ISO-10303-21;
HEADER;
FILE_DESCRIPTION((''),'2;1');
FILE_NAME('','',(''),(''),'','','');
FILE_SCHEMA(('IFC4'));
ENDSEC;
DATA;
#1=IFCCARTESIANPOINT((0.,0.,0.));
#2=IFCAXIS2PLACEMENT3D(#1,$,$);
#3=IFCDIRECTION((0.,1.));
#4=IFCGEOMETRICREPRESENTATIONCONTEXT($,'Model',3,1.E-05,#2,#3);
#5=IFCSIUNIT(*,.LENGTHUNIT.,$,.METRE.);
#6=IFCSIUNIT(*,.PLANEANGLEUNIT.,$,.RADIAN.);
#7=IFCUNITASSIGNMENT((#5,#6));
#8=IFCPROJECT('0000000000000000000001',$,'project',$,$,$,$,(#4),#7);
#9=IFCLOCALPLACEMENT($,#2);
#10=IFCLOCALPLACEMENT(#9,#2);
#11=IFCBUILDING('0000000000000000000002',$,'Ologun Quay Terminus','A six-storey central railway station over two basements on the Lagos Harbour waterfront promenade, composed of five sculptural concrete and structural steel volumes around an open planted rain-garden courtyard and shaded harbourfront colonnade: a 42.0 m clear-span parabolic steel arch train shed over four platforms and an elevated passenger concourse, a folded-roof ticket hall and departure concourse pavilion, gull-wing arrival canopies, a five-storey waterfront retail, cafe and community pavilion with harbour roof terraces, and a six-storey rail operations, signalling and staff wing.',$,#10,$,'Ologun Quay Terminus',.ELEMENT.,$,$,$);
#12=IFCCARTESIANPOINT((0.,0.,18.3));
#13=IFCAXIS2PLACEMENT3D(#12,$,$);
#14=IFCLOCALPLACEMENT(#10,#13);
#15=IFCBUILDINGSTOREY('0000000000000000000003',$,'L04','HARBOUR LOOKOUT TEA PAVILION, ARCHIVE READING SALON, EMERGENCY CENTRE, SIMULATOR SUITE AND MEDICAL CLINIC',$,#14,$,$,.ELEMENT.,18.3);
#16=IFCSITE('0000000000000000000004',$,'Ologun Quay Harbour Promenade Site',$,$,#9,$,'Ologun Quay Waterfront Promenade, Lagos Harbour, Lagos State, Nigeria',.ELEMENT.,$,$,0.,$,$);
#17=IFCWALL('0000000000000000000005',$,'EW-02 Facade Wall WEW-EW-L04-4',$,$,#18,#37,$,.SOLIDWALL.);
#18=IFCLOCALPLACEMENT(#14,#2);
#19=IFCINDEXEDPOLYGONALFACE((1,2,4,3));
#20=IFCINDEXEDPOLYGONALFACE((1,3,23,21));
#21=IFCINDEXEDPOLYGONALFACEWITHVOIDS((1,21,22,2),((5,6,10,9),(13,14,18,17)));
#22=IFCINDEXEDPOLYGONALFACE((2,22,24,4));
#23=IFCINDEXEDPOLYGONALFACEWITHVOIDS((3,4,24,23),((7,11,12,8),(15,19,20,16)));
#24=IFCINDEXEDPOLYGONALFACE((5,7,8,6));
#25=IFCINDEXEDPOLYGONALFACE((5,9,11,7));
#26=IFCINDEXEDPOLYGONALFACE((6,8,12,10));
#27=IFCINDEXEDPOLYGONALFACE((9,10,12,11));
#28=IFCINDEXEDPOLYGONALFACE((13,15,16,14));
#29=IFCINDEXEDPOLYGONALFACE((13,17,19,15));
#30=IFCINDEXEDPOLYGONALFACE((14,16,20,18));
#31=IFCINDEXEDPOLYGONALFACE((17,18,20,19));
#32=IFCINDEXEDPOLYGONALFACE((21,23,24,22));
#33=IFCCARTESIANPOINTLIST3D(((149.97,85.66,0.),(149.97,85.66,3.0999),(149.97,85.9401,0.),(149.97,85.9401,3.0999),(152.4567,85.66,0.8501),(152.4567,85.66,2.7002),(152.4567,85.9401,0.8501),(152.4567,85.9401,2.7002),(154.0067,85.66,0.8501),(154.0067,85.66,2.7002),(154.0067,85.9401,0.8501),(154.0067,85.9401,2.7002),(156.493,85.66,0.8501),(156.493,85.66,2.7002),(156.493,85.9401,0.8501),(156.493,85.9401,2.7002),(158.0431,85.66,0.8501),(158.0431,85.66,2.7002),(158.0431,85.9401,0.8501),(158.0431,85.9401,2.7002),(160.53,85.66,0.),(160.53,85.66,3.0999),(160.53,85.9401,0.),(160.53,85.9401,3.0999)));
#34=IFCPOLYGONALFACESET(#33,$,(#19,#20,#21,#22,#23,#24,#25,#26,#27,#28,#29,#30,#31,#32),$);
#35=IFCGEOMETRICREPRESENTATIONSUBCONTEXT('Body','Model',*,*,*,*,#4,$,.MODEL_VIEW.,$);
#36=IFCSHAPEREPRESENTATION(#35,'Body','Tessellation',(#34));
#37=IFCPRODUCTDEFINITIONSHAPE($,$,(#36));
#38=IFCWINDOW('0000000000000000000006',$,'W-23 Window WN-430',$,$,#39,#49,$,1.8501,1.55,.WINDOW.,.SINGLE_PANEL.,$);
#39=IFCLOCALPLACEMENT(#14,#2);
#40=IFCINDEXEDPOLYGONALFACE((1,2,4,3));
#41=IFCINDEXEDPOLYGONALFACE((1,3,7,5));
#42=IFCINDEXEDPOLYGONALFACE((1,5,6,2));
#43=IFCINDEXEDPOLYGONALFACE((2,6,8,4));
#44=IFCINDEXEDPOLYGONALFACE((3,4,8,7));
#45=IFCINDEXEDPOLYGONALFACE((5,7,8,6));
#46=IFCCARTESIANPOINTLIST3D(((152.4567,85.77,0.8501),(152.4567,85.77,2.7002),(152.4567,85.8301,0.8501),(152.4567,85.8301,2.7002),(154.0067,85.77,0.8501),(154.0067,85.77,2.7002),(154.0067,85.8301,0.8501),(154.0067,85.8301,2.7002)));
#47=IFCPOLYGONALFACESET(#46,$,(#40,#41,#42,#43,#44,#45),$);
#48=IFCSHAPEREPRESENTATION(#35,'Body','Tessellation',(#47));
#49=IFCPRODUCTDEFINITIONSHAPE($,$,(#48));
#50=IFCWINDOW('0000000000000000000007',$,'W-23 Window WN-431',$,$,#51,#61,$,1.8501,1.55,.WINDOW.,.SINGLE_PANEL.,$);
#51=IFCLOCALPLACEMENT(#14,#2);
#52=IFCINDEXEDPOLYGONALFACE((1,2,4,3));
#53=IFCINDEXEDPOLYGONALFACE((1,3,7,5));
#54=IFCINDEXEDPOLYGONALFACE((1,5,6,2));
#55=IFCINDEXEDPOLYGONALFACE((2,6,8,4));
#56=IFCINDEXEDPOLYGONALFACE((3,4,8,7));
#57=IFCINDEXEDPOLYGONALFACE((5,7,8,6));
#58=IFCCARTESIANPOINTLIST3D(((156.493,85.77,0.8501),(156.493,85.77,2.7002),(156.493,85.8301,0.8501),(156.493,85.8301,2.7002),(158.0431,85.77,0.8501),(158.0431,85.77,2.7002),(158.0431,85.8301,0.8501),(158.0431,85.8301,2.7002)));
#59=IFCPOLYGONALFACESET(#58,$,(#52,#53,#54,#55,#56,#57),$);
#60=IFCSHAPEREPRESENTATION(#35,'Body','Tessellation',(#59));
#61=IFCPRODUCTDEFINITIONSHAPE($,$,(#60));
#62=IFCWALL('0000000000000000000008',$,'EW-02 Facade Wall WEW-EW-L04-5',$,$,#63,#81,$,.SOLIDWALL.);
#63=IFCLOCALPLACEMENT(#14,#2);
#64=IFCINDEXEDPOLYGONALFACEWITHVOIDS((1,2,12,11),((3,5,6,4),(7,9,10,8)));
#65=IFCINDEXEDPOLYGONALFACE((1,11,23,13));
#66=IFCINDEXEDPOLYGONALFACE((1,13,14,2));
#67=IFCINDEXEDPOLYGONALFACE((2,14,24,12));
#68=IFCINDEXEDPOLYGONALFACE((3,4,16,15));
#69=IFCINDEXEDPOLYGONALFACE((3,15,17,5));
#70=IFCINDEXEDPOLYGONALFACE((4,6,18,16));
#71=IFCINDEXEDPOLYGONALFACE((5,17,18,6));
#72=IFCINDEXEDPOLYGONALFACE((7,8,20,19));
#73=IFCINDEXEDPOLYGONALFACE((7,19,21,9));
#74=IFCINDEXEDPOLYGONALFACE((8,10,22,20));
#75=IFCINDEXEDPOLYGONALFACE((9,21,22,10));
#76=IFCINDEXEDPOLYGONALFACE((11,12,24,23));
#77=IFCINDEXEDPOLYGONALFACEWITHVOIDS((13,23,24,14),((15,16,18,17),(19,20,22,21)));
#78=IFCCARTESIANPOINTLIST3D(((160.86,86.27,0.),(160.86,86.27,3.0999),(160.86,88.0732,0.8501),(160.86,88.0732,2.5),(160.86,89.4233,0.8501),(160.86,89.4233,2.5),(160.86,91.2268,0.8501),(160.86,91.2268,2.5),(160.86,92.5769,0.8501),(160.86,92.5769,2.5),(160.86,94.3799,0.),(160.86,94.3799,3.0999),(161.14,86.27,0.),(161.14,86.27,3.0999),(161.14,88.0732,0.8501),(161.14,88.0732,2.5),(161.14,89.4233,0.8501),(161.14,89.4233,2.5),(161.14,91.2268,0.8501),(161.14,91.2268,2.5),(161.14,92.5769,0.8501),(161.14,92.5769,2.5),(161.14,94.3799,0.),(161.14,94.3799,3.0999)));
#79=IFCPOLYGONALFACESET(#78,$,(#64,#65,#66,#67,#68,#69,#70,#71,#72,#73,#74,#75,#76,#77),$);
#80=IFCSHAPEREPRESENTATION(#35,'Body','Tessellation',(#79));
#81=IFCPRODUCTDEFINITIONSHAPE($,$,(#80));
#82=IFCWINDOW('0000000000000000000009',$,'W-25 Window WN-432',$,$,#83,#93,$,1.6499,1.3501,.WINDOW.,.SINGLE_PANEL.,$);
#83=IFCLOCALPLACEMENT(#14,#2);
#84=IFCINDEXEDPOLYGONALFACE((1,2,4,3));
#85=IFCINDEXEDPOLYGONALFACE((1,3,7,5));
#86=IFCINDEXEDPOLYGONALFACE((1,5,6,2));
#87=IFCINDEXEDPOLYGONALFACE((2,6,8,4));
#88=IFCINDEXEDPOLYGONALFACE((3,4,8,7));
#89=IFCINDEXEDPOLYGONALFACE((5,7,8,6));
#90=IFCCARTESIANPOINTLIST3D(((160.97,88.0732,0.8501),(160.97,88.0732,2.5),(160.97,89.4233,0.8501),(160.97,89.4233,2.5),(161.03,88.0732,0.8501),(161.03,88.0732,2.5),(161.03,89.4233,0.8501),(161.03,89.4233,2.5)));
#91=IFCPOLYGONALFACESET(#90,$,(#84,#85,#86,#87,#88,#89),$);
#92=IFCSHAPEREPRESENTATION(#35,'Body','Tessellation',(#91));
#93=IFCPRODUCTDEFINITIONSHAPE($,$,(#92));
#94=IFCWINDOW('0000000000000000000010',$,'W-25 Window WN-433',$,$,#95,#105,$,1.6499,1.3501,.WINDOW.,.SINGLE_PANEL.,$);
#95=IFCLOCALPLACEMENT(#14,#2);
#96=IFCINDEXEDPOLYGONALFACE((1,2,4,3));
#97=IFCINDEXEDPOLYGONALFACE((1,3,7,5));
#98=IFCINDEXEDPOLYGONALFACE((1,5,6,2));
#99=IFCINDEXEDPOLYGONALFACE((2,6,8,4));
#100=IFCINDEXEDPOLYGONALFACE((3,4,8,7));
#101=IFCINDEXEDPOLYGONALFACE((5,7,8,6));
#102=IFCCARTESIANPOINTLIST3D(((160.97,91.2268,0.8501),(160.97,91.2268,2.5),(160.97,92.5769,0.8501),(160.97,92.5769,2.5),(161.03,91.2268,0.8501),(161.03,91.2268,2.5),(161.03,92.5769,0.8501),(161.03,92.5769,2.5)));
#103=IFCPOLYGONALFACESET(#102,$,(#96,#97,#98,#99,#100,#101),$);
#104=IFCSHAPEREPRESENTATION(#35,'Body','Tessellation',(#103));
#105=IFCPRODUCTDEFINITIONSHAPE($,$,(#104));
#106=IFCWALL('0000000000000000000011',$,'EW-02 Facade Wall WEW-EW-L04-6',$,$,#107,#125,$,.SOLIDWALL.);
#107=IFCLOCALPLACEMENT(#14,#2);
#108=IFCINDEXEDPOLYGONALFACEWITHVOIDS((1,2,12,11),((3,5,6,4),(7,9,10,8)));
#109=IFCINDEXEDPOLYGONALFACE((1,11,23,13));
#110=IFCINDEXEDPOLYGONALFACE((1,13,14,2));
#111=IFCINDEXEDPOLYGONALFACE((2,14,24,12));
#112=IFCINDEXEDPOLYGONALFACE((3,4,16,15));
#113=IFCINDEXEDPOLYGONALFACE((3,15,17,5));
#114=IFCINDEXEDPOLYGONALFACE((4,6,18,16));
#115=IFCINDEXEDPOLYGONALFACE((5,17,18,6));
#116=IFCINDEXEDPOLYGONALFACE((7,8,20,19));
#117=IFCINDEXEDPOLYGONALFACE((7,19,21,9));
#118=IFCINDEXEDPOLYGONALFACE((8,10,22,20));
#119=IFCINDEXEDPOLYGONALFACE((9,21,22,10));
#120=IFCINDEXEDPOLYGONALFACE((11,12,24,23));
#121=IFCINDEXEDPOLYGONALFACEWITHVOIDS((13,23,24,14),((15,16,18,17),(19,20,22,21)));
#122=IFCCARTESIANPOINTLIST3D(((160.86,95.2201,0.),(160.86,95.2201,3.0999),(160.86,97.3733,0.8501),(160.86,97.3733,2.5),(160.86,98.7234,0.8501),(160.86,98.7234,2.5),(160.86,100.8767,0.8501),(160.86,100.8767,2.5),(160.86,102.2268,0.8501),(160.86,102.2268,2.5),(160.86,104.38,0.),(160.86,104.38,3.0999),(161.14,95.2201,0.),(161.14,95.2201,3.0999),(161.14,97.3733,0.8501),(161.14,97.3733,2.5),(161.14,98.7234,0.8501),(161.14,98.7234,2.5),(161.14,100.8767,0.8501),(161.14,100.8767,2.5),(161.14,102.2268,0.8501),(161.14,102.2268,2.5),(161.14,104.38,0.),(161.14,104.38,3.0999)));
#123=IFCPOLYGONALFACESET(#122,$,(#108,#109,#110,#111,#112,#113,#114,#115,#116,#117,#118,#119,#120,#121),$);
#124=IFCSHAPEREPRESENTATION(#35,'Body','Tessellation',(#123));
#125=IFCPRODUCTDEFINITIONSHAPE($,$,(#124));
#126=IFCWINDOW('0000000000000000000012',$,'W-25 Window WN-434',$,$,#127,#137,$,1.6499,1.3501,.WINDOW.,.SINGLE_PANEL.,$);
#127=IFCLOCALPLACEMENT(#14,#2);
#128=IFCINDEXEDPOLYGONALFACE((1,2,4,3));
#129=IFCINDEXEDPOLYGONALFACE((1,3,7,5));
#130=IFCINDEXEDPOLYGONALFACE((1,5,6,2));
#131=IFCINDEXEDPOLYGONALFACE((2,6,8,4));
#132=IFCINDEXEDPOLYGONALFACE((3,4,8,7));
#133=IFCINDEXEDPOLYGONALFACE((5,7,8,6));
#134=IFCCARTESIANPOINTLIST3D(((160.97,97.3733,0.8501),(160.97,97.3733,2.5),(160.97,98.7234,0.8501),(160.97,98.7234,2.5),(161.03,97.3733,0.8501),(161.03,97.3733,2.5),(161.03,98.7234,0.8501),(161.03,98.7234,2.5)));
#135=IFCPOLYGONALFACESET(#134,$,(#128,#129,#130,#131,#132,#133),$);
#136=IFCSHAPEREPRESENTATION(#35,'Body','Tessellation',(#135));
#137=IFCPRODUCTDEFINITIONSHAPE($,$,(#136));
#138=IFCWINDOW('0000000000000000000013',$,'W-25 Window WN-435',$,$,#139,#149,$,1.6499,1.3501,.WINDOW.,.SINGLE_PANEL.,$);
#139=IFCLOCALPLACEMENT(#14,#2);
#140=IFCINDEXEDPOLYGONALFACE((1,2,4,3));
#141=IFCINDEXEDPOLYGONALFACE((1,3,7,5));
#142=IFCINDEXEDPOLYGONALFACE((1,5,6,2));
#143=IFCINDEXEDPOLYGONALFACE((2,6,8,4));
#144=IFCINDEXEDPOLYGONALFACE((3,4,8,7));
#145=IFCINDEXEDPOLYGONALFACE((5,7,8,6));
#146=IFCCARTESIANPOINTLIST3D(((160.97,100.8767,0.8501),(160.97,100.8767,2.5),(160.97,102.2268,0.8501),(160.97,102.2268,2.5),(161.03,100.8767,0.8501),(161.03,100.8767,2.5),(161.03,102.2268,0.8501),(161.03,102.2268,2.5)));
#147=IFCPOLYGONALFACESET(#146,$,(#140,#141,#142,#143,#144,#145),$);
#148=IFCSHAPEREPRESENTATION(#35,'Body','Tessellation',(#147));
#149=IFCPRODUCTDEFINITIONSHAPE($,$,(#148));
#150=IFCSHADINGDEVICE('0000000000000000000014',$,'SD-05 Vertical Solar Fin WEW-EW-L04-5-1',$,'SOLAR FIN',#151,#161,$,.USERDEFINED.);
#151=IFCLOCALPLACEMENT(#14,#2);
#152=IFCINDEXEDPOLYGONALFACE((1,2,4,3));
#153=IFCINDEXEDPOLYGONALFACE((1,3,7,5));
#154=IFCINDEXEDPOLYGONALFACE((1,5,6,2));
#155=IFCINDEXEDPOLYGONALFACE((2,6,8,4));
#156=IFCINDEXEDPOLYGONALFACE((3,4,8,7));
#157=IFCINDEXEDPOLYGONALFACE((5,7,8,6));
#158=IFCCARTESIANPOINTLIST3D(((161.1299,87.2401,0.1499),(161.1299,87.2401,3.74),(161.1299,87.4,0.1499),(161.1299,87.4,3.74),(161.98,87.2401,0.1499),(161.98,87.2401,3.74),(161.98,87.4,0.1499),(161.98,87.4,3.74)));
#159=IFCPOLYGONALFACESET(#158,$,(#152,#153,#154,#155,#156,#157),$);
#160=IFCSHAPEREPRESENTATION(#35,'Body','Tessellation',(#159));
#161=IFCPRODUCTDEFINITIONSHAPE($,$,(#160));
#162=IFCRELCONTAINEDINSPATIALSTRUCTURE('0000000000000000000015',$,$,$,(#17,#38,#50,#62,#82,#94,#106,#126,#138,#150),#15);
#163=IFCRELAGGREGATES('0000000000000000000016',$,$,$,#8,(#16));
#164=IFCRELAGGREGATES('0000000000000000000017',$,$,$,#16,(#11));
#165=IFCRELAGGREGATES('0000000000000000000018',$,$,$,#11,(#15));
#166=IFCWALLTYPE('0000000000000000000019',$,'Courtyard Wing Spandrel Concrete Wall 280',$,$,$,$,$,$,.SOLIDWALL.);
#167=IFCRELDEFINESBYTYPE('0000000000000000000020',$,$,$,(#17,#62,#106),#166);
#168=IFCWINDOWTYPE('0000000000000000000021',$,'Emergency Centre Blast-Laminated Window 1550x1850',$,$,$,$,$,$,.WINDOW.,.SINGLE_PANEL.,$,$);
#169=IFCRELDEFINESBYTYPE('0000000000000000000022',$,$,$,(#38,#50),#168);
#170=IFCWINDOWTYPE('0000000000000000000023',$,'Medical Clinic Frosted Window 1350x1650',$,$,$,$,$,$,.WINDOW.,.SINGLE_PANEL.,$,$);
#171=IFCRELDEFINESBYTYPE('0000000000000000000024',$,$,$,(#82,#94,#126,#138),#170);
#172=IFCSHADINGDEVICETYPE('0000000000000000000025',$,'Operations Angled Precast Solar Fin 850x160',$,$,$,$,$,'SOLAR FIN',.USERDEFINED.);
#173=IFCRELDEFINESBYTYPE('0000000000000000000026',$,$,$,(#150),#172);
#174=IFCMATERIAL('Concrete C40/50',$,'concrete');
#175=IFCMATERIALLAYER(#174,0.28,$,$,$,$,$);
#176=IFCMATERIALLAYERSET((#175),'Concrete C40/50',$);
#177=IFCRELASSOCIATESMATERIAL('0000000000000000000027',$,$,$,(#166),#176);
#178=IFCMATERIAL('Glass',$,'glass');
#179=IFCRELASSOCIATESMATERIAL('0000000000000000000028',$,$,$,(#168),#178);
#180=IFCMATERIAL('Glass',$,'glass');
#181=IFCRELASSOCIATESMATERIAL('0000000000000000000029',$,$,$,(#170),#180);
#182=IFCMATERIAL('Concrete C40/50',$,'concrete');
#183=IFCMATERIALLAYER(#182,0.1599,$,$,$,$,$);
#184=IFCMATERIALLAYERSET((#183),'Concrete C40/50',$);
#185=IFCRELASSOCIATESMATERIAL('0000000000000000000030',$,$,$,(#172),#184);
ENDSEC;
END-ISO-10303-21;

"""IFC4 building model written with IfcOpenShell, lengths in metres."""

from ifc_helpers import new_model, si_unit, direction, frame, frame_2d, origin, origin_2d, place, context, subcontext, project, spatial, rectangle, extrude, material, layer, layer_set, type_object, element, fill, save


model = new_model("IFC4")

# Units and contexts
model_context = context("Model", 3, precision=1e-05, world=origin(), true_north=direction((0.0, 1.0)))
body_context = subcontext(model_context, "Body", "Model", "MODEL_VIEW")
ifc_project = project(units=[si_unit("LENGTHUNIT", "METRE"), si_unit("PLANEANGLEUNIT", "RADIAN")], contexts=[model_context])

# Site, building, storey
site_placement = place(None, origin())
site = spatial("IfcSite", under=ifc_project, at=site_placement, Name="Ologun Quay Harbour Promenade Site", LongName="Ologun Quay Waterfront Promenade, Lagos Harbour, Lagos State, Nigeria", CompositionType="ELEMENT", RefElevation=0.0)
building_placement = place(site_placement, origin())
building = spatial("IfcBuilding", under=site, at=building_placement, Name="Ologun Quay Terminus", Description="A six-storey central railway station over two basements on the Lagos Harbour waterfront promenade, composed of five sculptural concrete and structural steel volumes around an open planted rain-garden courtyard and shaded harbourfront colonnade: a 42.0 m clear-span parabolic steel arch train shed over four platforms and an elevated passenger concourse, a folded-roof ticket hall and departure concourse pavilion, gull-wing arrival canopies, a five-storey waterfront retail, cafe and community pavilion with harbour roof terraces, and a six-storey rail operations, signalling and staff wing.", LongName="Ologun Quay Terminus", CompositionType="ELEMENT")
storey_placement = place(building_placement, frame((0.0, 0.0, 18.3)))
storey = spatial("IfcBuildingStorey", under=building, at=storey_placement, Name="L04", Description="HARBOUR LOOKOUT TEA PAVILION, ARCHIVE READING SALON, EMERGENCY CENTRE, SIMULATOR SUITE AND MEDICAL CLINIC", CompositionType="ELEMENT", Elevation=18.3)

# Walls, openings, windows
ifc_material_1 = material(Name="Concrete C40/50", Category="concrete")
ifc_layer_1 = layer(ifc_material_1, 0.28)
ifc_layer_set_1 = layer_set([ifc_layer_1], Name="Concrete C40/50")
wall_type_1 = type_object("IfcWallType", Name="Courtyard Wing Spandrel Concrete Wall 280", PredefinedType="SOLIDWALL", material=ifc_layer_set_1)
wall_1_placement = place(storey_placement, frame((149.97, 85.8, 0.0), z_axis=(0.0, 0.0, 1.0), x_axis=(1.0, 0.0, 0.0)))
wall_1 = element("IfcWall", 1, at=wall_1_placement, inside=storey, type_object=wall_type_1, Name="EW-02 Facade Wall WEW-EW-L04-4", PredefinedType="SOLIDWALL", context=body_context, shape_type="SweptSolid", body=[
    extrude(rectangle(XDim=10.5601, YDim=0.28, at=frame_2d((5.28, 0.0))), origin(), (0.0, 0.0, 1.0), 3.0999),
])
opening_1_placement = place(wall_1_placement, frame((2.4868, 0.0, 0.8501)))
opening_1 = element("IfcOpeningElement", 2, at=opening_1_placement, cuts=wall_1, PredefinedType="OPENING", context=body_context, shape_type="SweptSolid", body=[
    extrude(rectangle(XDim=1.55, YDim=1.8501, at=frame_2d((0.7749, 0.925))), frame((0.0, 0.1499, 0.0), z_axis=(0.0, -1.0, 0.0), x_axis=(1.0, 0.0, 0.0)), (0.0, 0.0, 1.0), 0.3),
])
opening_2_placement = place(wall_1_placement, frame((6.5232, 0.0, 0.8501)))
opening_2 = element("IfcOpeningElement", 3, at=opening_2_placement, cuts=wall_1, PredefinedType="OPENING", context=body_context, shape_type="SweptSolid", body=[
    extrude(rectangle(XDim=1.55, YDim=1.8501, at=frame_2d((0.7749, 0.925))), frame((0.0, 0.1499, 0.0), z_axis=(0.0, -1.0, 0.0), x_axis=(1.0, 0.0, 0.0)), (0.0, 0.0, 1.0), 0.3),
])
ifc_material_2 = material(Name="Glass", Category="glass")
window_type_1 = type_object("IfcWindowType", Name="Emergency Centre Blast-Laminated Window 1550x1850", PartitioningType="SINGLE_PANEL", PredefinedType="WINDOW", material=ifc_material_2)
window_1_placement = place(opening_1_placement, origin())
window_1 = element("IfcWindow", 4, at=window_1_placement, inside=storey, type_object=window_type_1, Name="W-23 Window WN-430", OverallHeight=1.8501, OverallWidth=1.55, PartitioningType="SINGLE_PANEL", PredefinedType="WINDOW", context=body_context, shape_type="SweptSolid", body=[
    extrude(rectangle(XDim=1.55, YDim=1.8501, at=frame_2d((0.7749, 0.925))), frame((0.0, 0.03, 0.0), z_axis=(0.0, -1.0, 0.0), x_axis=(1.0, 0.0, 0.0)), (0.0, 0.0, 1.0), 0.0601),
])
fill(opening_1, window_1)
window_2_placement = place(opening_2_placement, origin())
window_2 = element("IfcWindow", 5, at=window_2_placement, inside=storey, type_object=window_type_1, Name="W-23 Window WN-431", OverallHeight=1.8501, OverallWidth=1.55, PartitioningType="SINGLE_PANEL", PredefinedType="WINDOW", context=body_context, shape_type="SweptSolid", body=[
    extrude(rectangle(XDim=1.55, YDim=1.8501, at=frame_2d((0.7749, 0.925))), frame((0.0, 0.03, 0.0), z_axis=(0.0, -1.0, 0.0), x_axis=(1.0, 0.0, 0.0)), (0.0, 0.0, 1.0), 0.0601),
])
fill(opening_2, window_2)
wall_2_placement = place(storey_placement, frame((161.0, 86.27, 0.0), z_axis=(0.0, 0.0, 1.0), x_axis=(0.0, 1.0, 0.0)))
wall_2 = element("IfcWall", 6, at=wall_2_placement, inside=storey, type_object=wall_type_1, Name="EW-02 Facade Wall WEW-EW-L04-5", PredefinedType="SOLIDWALL", context=body_context, shape_type="SweptSolid", body=[
    extrude(rectangle(XDim=8.1099, YDim=0.28, at=frame_2d((4.0549, 0.0))), origin(), (0.0, 0.0, 1.0), 3.0999),
])
opening_3_placement = place(wall_2_placement, frame((1.8032, 0.0, 0.8501)))
opening_3 = element("IfcOpeningElement", 7, at=opening_3_placement, cuts=wall_2, PredefinedType="OPENING", context=body_context, shape_type="SweptSolid", body=[
    extrude(rectangle(XDim=1.3501, YDim=1.6499, at=frame_2d((0.675, 0.825))), frame((0.0, 0.1499, 0.0), z_axis=(0.0, -1.0, 0.0), x_axis=(1.0, 0.0, 0.0)), (0.0, 0.0, 1.0), 0.3),
])
opening_4_placement = place(wall_2_placement, frame((4.9568, 0.0, 0.8501)))
opening_4 = element("IfcOpeningElement", 8, at=opening_4_placement, cuts=wall_2, PredefinedType="OPENING", context=body_context, shape_type="SweptSolid", body=[
    extrude(rectangle(XDim=1.3501, YDim=1.6499, at=frame_2d((0.675, 0.825))), frame((0.0, 0.1499, 0.0), z_axis=(0.0, -1.0, 0.0), x_axis=(1.0, 0.0, 0.0)), (0.0, 0.0, 1.0), 0.3),
])
ifc_material_3 = material(Name="Glass", Category="glass")
window_type_2 = type_object("IfcWindowType", Name="Medical Clinic Frosted Window 1350x1650", PartitioningType="SINGLE_PANEL", PredefinedType="WINDOW", material=ifc_material_3)
window_3_placement = place(opening_3_placement, origin())
window_3 = element("IfcWindow", 9, at=window_3_placement, inside=storey, type_object=window_type_2, Name="W-25 Window WN-432", OverallHeight=1.6499, OverallWidth=1.3501, PartitioningType="SINGLE_PANEL", PredefinedType="WINDOW", context=body_context, shape_type="SweptSolid", body=[
    extrude(rectangle(XDim=1.3501, YDim=1.6499, at=frame_2d((0.675, 0.825))), frame((0.0, 0.03, 0.0), z_axis=(0.0, -1.0, 0.0), x_axis=(1.0, 0.0, 0.0)), (0.0, 0.0, 1.0), 0.0601),
])
fill(opening_3, window_3)
window_4_placement = place(opening_4_placement, origin())
window_4 = element("IfcWindow", 10, at=window_4_placement, inside=storey, type_object=window_type_2, Name="W-25 Window WN-433", OverallHeight=1.6499, OverallWidth=1.3501, PartitioningType="SINGLE_PANEL", PredefinedType="WINDOW", context=body_context, shape_type="SweptSolid", body=[
    extrude(rectangle(XDim=1.3501, YDim=1.6499, at=frame_2d((0.675, 0.825))), frame((0.0, 0.03, 0.0), z_axis=(0.0, -1.0, 0.0), x_axis=(1.0, 0.0, 0.0)), (0.0, 0.0, 1.0), 0.0601),
])
fill(opening_4, window_4)
wall_3_placement = place(storey_placement, frame((161.0, 95.22, 0.0), z_axis=(0.0, 0.0, 1.0), x_axis=(0.0, 1.0, 0.0)))
wall_3 = element("IfcWall", 11, at=wall_3_placement, inside=storey, type_object=wall_type_1, Name="EW-02 Facade Wall WEW-EW-L04-6", PredefinedType="SOLIDWALL", context=body_context, shape_type="SweptSolid", body=[
    extrude(rectangle(XDim=9.1599, YDim=0.28, at=frame_2d((4.5801, 0.0))), origin(), (0.0, 0.0, 1.0), 3.0999),
])
opening_5_placement = place(wall_3_placement, frame((2.1533, 0.0, 0.8501)))
opening_5 = element("IfcOpeningElement", 12, at=opening_5_placement, cuts=wall_3, PredefinedType="OPENING", context=body_context, shape_type="SweptSolid", body=[
    extrude(rectangle(XDim=1.3501, YDim=1.6499, at=frame_2d((0.675, 0.825))), frame((0.0, 0.1499, 0.0), z_axis=(0.0, -1.0, 0.0), x_axis=(1.0, 0.0, 0.0)), (0.0, 0.0, 1.0), 0.3),
])
opening_6_placement = place(wall_3_placement, frame((5.6567, 0.0, 0.8501)))
opening_6 = element("IfcOpeningElement", 13, at=opening_6_placement, cuts=wall_3, PredefinedType="OPENING", context=body_context, shape_type="SweptSolid", body=[
    extrude(rectangle(XDim=1.3501, YDim=1.6499, at=frame_2d((0.675, 0.825))), frame((0.0, 0.1499, 0.0), z_axis=(0.0, -1.0, 0.0), x_axis=(1.0, 0.0, 0.0)), (0.0, 0.0, 1.0), 0.3),
])
window_5_placement = place(opening_5_placement, origin())
window_5 = element("IfcWindow", 14, at=window_5_placement, inside=storey, type_object=window_type_2, Name="W-25 Window WN-434", OverallHeight=1.6499, OverallWidth=1.3501, PartitioningType="SINGLE_PANEL", PredefinedType="WINDOW", context=body_context, shape_type="SweptSolid", body=[
    extrude(rectangle(XDim=1.3501, YDim=1.6499, at=frame_2d((0.675, 0.825))), frame((0.0, 0.03, 0.0), z_axis=(0.0, -1.0, 0.0), x_axis=(1.0, 0.0, 0.0)), (0.0, 0.0, 1.0), 0.0601),
])
fill(opening_5, window_5)
window_6_placement = place(opening_6_placement, origin())
window_6 = element("IfcWindow", 15, at=window_6_placement, inside=storey, type_object=window_type_2, Name="W-25 Window WN-435", OverallHeight=1.6499, OverallWidth=1.3501, PartitioningType="SINGLE_PANEL", PredefinedType="WINDOW", context=body_context, shape_type="SweptSolid", body=[
    extrude(rectangle(XDim=1.3501, YDim=1.6499, at=frame_2d((0.675, 0.825))), frame((0.0, 0.03, 0.0), z_axis=(0.0, -1.0, 0.0), x_axis=(1.0, 0.0, 0.0)), (0.0, 0.0, 1.0), 0.0601),
])
fill(opening_6, window_6)

# Shading device
ifc_material_4 = material(Name="Concrete C40/50", Category="concrete")
ifc_layer_2 = layer(ifc_material_4, 0.1599)
ifc_layer_set_2 = layer_set([ifc_layer_2], Name="Concrete C40/50")
shading_device_type = type_object("IfcShadingDeviceType", Name="Operations Angled Precast Solar Fin 850x160", ElementType="SOLAR FIN", PredefinedType="USERDEFINED", material=ifc_layer_set_2)
for number, where, z_axis, x_axis, name in (
    (16, (161.5549, 87.3201, 0.1499), (0.0, 0.0, 1.0), (1.0, 0.0, 0.0), "SD-05 Vertical Solar Fin WEW-EW-L04-5-1"),
):
    element("IfcShadingDevice", number, at=place(storey_placement, frame(where, z_axis=z_axis, x_axis=x_axis)), inside=storey, type_object=shading_device_type, Name=name, ObjectType="SOLAR FIN", PredefinedType="USERDEFINED", context=body_context, shape_type="SweptSolid", body=[
        extrude(rectangle(XDim=0.8501, YDim=0.1599, at=origin_2d()), origin(), (0.0, 0.0, 1.0), 3.5901),
    ])

save(model, "model.ifc")
